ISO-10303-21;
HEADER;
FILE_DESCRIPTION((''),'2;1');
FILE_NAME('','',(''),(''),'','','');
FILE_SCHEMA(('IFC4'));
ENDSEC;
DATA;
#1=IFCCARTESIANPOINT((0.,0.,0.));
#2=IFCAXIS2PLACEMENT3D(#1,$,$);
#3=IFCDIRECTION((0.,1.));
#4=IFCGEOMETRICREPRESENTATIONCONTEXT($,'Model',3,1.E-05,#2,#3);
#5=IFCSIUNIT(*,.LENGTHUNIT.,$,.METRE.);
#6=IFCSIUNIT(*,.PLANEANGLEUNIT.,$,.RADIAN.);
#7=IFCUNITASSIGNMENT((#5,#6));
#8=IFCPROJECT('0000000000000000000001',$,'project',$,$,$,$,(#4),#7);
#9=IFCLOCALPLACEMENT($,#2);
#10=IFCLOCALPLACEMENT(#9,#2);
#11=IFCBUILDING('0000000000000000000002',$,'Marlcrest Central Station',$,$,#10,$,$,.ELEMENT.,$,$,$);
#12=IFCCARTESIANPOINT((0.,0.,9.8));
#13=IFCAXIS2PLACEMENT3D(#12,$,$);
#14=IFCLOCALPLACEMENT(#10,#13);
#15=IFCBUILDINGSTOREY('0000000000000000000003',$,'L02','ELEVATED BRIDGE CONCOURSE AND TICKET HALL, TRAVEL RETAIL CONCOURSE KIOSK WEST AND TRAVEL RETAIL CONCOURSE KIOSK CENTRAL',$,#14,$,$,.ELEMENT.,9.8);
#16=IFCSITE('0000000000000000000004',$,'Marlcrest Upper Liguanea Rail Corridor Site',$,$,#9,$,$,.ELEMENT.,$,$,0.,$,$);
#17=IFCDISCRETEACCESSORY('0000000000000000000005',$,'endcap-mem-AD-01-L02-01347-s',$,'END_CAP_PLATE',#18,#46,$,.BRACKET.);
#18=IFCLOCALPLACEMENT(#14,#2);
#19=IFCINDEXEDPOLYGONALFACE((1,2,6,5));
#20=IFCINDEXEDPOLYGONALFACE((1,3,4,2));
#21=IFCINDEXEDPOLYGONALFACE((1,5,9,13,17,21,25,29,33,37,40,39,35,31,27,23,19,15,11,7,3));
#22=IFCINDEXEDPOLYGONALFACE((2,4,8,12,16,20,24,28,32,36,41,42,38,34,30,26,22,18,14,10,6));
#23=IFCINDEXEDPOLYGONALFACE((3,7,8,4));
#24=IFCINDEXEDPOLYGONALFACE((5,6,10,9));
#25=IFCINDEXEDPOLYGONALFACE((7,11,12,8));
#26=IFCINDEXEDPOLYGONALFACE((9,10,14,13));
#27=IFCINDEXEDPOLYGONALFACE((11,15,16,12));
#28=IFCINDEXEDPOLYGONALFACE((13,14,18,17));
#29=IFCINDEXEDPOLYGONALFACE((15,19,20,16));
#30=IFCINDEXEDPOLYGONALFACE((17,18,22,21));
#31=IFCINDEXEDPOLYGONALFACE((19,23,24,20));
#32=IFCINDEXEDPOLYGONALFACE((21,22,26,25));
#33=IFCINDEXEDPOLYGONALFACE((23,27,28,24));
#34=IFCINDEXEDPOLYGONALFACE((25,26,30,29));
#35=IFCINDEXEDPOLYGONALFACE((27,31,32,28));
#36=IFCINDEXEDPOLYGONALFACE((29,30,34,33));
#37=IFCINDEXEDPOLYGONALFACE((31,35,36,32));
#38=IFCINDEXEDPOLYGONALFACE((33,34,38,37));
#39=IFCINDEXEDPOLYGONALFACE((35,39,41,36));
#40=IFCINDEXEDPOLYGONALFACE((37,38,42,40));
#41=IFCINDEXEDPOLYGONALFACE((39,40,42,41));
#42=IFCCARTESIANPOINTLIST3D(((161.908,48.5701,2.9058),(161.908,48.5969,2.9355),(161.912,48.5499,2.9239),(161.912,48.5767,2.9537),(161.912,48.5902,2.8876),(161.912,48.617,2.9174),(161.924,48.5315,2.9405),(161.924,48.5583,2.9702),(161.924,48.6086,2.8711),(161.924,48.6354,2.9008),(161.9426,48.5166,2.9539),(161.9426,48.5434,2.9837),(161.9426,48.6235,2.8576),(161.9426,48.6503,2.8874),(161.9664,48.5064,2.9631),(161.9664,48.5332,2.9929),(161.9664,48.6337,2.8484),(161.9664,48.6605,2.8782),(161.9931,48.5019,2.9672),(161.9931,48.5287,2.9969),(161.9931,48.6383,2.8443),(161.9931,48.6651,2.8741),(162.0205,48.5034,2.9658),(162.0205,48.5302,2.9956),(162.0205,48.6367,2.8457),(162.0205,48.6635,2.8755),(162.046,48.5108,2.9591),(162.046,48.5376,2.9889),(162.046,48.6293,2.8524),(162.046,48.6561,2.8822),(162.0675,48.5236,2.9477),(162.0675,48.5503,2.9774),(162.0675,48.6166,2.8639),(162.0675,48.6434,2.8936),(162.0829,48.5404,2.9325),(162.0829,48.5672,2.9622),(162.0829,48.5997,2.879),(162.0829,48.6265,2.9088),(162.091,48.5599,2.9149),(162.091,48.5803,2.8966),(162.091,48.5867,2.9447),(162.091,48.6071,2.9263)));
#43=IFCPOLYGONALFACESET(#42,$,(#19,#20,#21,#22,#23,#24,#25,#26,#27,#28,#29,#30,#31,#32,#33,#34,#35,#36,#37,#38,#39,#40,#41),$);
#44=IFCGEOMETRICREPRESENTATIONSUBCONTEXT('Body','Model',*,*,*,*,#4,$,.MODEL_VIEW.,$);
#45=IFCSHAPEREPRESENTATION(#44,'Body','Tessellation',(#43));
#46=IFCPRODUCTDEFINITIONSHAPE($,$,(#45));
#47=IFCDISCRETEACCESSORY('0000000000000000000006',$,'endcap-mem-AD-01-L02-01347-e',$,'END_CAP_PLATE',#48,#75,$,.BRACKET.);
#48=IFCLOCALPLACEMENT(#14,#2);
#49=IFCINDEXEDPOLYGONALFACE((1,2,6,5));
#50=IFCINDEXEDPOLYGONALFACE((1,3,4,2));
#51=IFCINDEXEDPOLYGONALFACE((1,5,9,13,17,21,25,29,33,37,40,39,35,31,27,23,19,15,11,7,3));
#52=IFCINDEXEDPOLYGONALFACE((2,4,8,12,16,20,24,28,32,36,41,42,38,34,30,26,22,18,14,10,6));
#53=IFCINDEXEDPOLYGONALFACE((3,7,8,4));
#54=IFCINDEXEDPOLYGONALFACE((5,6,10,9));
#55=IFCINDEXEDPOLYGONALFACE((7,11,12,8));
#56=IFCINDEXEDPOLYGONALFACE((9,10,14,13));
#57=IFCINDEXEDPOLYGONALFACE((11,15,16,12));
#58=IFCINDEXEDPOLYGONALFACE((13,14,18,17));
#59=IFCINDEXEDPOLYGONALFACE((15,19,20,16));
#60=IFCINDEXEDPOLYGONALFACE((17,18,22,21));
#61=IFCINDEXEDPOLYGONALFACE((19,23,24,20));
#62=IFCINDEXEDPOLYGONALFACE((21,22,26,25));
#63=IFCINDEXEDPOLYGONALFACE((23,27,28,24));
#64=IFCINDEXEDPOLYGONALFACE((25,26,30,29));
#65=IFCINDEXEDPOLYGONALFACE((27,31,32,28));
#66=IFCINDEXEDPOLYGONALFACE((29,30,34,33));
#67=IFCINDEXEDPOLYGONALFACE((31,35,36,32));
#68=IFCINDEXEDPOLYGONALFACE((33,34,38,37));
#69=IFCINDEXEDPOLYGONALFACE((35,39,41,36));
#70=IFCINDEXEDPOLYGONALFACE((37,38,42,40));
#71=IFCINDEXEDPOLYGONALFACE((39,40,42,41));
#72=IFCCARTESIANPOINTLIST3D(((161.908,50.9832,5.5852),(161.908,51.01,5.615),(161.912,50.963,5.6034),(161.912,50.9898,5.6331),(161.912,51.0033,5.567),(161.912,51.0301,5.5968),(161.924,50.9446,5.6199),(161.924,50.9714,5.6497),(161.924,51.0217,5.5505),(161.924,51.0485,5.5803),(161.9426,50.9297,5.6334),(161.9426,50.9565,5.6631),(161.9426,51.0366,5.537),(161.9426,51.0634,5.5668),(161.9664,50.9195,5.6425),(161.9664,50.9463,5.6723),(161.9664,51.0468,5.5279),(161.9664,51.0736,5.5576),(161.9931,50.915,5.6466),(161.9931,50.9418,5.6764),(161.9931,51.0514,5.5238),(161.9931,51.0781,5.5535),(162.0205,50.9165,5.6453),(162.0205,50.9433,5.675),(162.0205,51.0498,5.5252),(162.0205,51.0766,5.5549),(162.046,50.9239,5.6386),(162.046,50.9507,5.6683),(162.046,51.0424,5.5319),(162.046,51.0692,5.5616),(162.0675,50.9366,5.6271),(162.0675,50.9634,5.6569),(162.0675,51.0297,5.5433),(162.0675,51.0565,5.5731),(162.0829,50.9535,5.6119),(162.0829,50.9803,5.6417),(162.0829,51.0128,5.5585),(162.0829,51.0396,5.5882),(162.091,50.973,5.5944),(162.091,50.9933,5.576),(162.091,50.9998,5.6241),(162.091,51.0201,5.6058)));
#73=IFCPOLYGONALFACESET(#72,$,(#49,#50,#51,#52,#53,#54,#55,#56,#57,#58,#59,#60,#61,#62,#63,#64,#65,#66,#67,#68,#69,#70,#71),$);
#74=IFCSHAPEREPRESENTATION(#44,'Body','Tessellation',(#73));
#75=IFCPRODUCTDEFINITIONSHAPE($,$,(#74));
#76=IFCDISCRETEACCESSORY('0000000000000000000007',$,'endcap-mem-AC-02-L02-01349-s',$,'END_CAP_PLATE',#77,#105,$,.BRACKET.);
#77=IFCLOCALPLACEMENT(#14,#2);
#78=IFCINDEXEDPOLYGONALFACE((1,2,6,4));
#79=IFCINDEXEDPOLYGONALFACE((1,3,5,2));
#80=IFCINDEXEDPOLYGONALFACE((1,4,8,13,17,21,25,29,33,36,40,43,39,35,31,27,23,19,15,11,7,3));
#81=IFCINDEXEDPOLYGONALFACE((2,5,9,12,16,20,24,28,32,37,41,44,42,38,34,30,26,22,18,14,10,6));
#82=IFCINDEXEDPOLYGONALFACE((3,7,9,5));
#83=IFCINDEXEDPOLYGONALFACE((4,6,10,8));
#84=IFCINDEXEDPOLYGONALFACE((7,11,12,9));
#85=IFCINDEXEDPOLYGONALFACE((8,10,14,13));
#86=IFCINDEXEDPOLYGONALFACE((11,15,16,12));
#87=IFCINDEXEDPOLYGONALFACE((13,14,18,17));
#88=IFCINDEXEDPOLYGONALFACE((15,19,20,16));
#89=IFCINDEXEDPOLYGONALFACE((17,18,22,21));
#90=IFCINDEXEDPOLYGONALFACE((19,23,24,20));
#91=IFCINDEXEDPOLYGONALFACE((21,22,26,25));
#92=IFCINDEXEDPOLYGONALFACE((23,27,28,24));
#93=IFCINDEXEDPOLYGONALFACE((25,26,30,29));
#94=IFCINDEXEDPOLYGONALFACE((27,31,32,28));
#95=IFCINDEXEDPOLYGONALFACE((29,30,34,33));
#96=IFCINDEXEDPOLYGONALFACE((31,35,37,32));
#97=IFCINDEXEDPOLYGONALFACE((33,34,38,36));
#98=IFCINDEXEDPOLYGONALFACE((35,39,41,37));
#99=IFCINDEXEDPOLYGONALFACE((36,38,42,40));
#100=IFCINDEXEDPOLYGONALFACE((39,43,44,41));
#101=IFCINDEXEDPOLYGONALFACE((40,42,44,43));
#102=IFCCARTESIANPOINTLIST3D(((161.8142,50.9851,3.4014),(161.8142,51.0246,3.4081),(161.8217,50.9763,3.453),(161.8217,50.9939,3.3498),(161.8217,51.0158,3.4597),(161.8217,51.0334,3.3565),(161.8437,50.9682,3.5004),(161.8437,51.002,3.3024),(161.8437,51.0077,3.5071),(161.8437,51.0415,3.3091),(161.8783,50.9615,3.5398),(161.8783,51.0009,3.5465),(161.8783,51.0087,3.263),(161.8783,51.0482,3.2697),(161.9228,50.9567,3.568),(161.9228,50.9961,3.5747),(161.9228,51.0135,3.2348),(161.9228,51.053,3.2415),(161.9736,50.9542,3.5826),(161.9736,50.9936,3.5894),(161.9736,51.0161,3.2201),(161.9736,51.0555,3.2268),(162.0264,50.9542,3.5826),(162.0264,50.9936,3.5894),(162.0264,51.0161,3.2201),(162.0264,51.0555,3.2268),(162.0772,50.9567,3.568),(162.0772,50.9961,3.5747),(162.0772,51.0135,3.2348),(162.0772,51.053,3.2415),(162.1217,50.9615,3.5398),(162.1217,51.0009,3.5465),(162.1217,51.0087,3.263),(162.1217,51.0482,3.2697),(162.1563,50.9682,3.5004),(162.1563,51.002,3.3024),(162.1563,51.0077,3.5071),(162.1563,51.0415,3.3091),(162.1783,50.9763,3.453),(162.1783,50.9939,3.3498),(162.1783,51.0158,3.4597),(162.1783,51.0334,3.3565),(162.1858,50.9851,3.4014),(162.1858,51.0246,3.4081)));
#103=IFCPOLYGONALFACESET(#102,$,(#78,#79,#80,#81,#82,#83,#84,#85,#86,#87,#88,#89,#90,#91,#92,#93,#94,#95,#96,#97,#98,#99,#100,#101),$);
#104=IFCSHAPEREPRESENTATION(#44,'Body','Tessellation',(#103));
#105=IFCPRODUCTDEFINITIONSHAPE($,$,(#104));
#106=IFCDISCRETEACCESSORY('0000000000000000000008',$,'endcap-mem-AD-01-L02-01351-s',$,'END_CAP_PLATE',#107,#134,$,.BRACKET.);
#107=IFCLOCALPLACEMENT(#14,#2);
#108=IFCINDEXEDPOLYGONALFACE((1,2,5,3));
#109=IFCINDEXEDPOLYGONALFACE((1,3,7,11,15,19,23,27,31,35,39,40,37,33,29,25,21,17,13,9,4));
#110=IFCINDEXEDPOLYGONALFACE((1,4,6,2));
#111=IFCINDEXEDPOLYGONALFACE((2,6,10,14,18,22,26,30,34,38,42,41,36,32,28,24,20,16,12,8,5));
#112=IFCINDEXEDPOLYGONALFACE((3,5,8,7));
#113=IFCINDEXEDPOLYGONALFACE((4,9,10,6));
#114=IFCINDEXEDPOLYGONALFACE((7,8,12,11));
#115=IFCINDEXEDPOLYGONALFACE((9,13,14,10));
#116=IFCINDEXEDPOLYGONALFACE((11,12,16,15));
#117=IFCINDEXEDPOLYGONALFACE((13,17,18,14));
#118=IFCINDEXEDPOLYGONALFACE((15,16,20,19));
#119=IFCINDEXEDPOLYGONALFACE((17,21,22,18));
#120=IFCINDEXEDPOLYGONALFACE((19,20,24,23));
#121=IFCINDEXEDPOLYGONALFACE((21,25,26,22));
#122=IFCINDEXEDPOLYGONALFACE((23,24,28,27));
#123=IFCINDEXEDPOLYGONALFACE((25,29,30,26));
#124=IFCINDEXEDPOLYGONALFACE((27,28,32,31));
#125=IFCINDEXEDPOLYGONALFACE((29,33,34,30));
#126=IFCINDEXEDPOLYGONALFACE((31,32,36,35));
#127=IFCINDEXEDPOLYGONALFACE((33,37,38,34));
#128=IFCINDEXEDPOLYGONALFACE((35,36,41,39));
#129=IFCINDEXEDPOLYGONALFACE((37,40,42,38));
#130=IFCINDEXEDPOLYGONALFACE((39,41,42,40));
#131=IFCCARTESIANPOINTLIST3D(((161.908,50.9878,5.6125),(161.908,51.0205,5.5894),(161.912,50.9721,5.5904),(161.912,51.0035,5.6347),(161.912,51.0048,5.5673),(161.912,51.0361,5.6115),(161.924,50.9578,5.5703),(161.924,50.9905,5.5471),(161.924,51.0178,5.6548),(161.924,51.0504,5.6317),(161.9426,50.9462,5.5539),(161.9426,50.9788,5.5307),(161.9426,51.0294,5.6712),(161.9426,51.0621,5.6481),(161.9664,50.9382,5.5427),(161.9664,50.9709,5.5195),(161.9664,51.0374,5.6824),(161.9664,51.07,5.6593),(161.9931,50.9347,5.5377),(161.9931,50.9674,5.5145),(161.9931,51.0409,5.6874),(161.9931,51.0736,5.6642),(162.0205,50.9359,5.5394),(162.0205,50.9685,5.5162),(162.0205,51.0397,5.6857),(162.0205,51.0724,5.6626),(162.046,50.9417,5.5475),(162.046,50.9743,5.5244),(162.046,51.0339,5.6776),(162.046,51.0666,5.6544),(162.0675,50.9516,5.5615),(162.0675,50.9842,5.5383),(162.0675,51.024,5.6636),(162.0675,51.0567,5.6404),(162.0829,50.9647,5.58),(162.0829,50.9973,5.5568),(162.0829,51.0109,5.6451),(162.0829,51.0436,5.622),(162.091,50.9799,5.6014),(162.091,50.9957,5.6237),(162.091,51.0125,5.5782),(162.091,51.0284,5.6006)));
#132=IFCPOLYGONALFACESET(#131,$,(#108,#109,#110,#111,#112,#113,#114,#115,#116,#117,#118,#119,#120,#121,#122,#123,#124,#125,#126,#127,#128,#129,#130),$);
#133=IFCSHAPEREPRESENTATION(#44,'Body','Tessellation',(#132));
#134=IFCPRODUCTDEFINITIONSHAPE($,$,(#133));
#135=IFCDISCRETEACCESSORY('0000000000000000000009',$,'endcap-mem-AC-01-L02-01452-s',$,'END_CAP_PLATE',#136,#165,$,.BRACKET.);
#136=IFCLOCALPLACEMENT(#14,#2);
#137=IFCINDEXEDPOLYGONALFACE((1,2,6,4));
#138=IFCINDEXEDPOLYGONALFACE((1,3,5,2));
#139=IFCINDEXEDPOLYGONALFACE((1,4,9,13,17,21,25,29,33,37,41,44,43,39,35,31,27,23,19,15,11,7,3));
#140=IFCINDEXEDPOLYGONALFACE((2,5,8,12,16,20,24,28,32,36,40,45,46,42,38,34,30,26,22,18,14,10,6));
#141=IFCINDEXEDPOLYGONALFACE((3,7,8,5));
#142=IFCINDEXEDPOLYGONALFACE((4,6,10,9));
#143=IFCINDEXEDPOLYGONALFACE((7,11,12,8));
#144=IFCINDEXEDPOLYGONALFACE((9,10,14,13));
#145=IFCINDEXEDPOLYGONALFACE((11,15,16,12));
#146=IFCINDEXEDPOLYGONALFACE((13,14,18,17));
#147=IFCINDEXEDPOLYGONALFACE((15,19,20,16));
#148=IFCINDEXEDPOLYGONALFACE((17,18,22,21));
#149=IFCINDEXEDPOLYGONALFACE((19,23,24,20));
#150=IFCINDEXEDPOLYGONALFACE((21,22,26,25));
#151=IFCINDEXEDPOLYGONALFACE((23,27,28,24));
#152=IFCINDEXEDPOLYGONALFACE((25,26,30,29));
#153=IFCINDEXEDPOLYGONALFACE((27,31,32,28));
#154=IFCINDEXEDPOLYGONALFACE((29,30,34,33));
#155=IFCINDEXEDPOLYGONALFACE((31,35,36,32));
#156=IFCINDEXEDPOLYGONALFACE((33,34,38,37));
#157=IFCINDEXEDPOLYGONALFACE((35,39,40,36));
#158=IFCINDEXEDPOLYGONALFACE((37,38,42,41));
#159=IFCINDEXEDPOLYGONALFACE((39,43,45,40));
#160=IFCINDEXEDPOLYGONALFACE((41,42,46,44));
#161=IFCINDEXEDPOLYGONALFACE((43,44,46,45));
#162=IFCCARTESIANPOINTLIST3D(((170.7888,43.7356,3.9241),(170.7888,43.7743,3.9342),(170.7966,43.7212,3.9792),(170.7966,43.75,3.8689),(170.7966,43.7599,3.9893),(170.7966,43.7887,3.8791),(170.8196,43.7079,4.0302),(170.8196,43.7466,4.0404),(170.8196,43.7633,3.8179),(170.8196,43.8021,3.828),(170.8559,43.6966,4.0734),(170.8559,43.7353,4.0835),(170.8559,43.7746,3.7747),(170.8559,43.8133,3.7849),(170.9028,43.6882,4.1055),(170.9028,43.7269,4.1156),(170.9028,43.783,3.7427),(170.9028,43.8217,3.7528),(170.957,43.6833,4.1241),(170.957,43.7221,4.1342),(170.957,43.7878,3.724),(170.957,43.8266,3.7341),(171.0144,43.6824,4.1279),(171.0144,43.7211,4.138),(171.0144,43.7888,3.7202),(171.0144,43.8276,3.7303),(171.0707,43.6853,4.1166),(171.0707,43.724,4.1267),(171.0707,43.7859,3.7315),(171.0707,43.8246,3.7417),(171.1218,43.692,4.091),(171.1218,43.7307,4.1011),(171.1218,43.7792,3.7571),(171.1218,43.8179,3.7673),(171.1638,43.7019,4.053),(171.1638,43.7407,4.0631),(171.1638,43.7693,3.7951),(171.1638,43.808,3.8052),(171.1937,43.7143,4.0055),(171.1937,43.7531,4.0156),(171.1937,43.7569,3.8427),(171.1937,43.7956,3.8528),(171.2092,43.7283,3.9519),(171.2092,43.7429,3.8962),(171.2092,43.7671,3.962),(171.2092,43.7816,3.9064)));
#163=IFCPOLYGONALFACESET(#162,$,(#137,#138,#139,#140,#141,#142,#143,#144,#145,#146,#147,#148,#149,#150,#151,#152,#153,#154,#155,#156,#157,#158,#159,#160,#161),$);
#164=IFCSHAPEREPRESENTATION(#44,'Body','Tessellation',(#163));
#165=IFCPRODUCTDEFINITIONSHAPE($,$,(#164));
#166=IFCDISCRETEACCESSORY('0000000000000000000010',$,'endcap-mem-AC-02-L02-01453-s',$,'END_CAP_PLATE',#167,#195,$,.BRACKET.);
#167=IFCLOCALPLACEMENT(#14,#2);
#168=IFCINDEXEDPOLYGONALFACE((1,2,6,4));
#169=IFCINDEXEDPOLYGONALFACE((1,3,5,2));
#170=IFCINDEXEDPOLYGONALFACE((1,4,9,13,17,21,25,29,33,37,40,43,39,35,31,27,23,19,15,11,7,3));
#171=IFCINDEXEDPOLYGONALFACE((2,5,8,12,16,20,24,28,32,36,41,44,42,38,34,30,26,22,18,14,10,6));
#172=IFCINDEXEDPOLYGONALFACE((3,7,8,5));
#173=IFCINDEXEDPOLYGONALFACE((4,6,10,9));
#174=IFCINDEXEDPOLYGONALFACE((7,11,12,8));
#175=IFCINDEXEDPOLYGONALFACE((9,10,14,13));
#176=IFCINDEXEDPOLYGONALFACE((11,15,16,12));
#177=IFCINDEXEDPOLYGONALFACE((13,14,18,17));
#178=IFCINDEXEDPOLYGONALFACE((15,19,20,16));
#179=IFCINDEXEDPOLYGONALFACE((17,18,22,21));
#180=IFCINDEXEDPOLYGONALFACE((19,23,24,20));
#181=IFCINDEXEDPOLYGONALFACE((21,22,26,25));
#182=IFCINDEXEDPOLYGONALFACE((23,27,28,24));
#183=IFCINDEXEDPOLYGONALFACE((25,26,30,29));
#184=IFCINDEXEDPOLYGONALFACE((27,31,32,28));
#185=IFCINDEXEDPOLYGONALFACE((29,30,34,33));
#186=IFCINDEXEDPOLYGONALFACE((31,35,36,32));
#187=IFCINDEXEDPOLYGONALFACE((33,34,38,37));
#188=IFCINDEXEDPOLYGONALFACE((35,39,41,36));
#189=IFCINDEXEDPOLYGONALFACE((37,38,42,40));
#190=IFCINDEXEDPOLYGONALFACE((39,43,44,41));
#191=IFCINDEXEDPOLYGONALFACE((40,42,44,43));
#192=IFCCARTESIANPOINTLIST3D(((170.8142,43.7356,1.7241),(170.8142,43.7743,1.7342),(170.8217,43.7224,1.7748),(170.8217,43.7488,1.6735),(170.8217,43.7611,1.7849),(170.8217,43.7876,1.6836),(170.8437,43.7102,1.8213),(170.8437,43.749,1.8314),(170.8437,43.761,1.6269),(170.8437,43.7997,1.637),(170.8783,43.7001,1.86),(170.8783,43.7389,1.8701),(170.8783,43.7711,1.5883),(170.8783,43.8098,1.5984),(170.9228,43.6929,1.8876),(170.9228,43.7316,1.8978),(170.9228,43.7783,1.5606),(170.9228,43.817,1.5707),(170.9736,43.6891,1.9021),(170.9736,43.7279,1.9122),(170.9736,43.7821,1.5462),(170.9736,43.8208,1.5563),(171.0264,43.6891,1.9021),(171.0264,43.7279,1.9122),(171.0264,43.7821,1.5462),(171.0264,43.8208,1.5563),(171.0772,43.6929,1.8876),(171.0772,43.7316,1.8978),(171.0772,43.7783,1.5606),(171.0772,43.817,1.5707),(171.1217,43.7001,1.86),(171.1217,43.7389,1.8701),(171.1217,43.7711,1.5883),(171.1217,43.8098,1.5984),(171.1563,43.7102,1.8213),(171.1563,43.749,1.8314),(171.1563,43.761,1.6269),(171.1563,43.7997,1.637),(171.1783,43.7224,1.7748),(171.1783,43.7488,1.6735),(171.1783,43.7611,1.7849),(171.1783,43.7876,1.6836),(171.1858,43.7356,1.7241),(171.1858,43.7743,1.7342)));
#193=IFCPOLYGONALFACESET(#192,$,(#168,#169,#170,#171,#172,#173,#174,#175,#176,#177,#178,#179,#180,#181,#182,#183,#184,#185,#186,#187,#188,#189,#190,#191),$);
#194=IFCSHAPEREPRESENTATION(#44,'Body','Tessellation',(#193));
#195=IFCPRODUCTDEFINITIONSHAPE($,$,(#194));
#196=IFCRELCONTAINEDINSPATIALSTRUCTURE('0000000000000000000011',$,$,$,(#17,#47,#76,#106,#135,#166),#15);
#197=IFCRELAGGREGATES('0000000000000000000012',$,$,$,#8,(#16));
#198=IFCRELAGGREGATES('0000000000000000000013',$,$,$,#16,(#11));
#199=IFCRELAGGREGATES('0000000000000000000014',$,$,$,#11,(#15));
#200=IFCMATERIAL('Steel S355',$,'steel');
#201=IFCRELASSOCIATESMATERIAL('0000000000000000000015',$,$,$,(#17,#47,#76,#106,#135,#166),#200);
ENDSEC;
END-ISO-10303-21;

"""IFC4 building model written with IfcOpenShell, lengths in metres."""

from ifc_helpers import new_model, si_unit, direction, frame, origin, origin_2d, place, context, subcontext, project, spatial, circle, extrude, material, element, save


model = new_model("IFC4")

# Units and contexts
model_context = context("Model", 3, precision=1e-05, world=origin(), true_north=direction((0.0, 1.0)))
body_context = subcontext(model_context, "Body", "Model", "MODEL_VIEW")
ifc_project = project(units=[si_unit("LENGTHUNIT", "METRE"), si_unit("PLANEANGLEUNIT", "RADIAN")], contexts=[model_context])

# Site, building, storey
site_placement = place(None, origin())
site = spatial("IfcSite", under=ifc_project, at=site_placement, Name="Marlcrest Upper Liguanea Rail Corridor Site", CompositionType="ELEMENT", RefElevation=0.0)
building_placement = place(site_placement, origin())
building = spatial("IfcBuilding", under=site, at=building_placement, Name="Marlcrest Central Station", CompositionType="ELEMENT")
storey_placement = place(building_placement, frame((0.0, 0.0, 9.8)))
storey = spatial("IfcBuildingStorey", under=building, at=storey_placement, Name="L02", Description="ELEVATED BRIDGE CONCOURSE AND TICKET HALL, TRAVEL RETAIL CONCOURSE KIOSK WEST AND TRAVEL RETAIL CONCOURSE KIOSK CENTRAL", CompositionType="ELEMENT", Elevation=9.8)

# Shared definitions
ifc_material = material(Name="Steel S355", Category="steel")

# Discrete accessories
for number, where, z_axis, x_axis, name in (
    (1, (162.0, 48.5701, 2.9058), (0.0, 0.669244, 0.743042), (-1.0, 0.0, 0.0), "endcap-mem-AD-01-L02-01347-s"),
    (2, (162.0, 50.9832, 5.5852), (0.0, 0.669244, 0.743042), (-1.0, 0.0, 0.0), "endcap-mem-AD-01-L02-01347-e"),
):
    element("IfcDiscreteAccessory", number, at=place(storey_placement, frame(where, z_axis=z_axis, x_axis=x_axis)), inside=storey, material=ifc_material, Name=name, ObjectType="END_CAP_PLATE", PredefinedType="BRACKET", context=body_context, shape_type="SweptSolid", body=[
        extrude(circle(Radius=0.092, at=origin_2d()), origin(), (0.0, 0.0, 1.0), 0.04),
    ])
discrete_accessory_1_placement = place(storey_placement, frame((162.0, 50.9851, 3.4014), z_axis=(0.0, 0.985741, 0.168269), x_axis=(-1.0, 0.0, 0.0)))
element("IfcDiscreteAccessory", 3, at=discrete_accessory_1_placement, inside=storey, material=ifc_material, Name="endcap-mem-AC-02-L02-01349-s", ObjectType="END_CAP_PLATE", PredefinedType="BRACKET", context=body_context, shape_type="SweptSolid", body=[
    extrude(circle(Radius=0.1858, at=origin_2d()), origin(), (0.0, 0.0, 1.0), 0.04),
])
discrete_accessory_2_placement = place(storey_placement, frame((162.0, 50.9878, 5.6125), z_axis=(0.0, 0.815661, -0.57853), x_axis=(-1.0, 0.0, 0.0)))
element("IfcDiscreteAccessory", 4, at=discrete_accessory_2_placement, inside=storey, material=ifc_material, Name="endcap-mem-AD-01-L02-01351-s", ObjectType="END_CAP_PLATE", PredefinedType="BRACKET", context=body_context, shape_type="SweptSolid", body=[
    extrude(circle(Radius=0.092, at=origin_2d()), origin(), (0.0, 0.0, 1.0), 0.04),
])
discrete_accessory_3_placement = place(storey_placement, frame((171.0, 43.7356, 3.9241), z_axis=(0.0, 0.967539, 0.25272), x_axis=(-1.0, 0.0, 0.0)))
element("IfcDiscreteAccessory", 5, at=discrete_accessory_3_placement, inside=storey, material=ifc_material, Name="endcap-mem-AC-01-L02-01452-s", ObjectType="END_CAP_PLATE", PredefinedType="BRACKET", context=body_context, shape_type="SweptSolid", body=[
    extrude(circle(Radius=0.2112, at=origin_2d()), origin(), (0.0, 0.0, 1.0), 0.04),
])
discrete_accessory_4_placement = place(storey_placement, frame((171.0, 43.7356, 1.7241), z_axis=(0.0, 0.967563, 0.252629), x_axis=(-1.0, 0.0, 0.0)))
element("IfcDiscreteAccessory", 6, at=discrete_accessory_4_placement, inside=storey, material=ifc_material, Name="endcap-mem-AC-02-L02-01453-s", ObjectType="END_CAP_PLATE", PredefinedType="BRACKET", context=body_context, shape_type="SweptSolid", body=[
    extrude(circle(Radius=0.1858, at=origin_2d()), origin(), (0.0, 0.0, 1.0), 0.04),
])

save(model, "model.ifc")
